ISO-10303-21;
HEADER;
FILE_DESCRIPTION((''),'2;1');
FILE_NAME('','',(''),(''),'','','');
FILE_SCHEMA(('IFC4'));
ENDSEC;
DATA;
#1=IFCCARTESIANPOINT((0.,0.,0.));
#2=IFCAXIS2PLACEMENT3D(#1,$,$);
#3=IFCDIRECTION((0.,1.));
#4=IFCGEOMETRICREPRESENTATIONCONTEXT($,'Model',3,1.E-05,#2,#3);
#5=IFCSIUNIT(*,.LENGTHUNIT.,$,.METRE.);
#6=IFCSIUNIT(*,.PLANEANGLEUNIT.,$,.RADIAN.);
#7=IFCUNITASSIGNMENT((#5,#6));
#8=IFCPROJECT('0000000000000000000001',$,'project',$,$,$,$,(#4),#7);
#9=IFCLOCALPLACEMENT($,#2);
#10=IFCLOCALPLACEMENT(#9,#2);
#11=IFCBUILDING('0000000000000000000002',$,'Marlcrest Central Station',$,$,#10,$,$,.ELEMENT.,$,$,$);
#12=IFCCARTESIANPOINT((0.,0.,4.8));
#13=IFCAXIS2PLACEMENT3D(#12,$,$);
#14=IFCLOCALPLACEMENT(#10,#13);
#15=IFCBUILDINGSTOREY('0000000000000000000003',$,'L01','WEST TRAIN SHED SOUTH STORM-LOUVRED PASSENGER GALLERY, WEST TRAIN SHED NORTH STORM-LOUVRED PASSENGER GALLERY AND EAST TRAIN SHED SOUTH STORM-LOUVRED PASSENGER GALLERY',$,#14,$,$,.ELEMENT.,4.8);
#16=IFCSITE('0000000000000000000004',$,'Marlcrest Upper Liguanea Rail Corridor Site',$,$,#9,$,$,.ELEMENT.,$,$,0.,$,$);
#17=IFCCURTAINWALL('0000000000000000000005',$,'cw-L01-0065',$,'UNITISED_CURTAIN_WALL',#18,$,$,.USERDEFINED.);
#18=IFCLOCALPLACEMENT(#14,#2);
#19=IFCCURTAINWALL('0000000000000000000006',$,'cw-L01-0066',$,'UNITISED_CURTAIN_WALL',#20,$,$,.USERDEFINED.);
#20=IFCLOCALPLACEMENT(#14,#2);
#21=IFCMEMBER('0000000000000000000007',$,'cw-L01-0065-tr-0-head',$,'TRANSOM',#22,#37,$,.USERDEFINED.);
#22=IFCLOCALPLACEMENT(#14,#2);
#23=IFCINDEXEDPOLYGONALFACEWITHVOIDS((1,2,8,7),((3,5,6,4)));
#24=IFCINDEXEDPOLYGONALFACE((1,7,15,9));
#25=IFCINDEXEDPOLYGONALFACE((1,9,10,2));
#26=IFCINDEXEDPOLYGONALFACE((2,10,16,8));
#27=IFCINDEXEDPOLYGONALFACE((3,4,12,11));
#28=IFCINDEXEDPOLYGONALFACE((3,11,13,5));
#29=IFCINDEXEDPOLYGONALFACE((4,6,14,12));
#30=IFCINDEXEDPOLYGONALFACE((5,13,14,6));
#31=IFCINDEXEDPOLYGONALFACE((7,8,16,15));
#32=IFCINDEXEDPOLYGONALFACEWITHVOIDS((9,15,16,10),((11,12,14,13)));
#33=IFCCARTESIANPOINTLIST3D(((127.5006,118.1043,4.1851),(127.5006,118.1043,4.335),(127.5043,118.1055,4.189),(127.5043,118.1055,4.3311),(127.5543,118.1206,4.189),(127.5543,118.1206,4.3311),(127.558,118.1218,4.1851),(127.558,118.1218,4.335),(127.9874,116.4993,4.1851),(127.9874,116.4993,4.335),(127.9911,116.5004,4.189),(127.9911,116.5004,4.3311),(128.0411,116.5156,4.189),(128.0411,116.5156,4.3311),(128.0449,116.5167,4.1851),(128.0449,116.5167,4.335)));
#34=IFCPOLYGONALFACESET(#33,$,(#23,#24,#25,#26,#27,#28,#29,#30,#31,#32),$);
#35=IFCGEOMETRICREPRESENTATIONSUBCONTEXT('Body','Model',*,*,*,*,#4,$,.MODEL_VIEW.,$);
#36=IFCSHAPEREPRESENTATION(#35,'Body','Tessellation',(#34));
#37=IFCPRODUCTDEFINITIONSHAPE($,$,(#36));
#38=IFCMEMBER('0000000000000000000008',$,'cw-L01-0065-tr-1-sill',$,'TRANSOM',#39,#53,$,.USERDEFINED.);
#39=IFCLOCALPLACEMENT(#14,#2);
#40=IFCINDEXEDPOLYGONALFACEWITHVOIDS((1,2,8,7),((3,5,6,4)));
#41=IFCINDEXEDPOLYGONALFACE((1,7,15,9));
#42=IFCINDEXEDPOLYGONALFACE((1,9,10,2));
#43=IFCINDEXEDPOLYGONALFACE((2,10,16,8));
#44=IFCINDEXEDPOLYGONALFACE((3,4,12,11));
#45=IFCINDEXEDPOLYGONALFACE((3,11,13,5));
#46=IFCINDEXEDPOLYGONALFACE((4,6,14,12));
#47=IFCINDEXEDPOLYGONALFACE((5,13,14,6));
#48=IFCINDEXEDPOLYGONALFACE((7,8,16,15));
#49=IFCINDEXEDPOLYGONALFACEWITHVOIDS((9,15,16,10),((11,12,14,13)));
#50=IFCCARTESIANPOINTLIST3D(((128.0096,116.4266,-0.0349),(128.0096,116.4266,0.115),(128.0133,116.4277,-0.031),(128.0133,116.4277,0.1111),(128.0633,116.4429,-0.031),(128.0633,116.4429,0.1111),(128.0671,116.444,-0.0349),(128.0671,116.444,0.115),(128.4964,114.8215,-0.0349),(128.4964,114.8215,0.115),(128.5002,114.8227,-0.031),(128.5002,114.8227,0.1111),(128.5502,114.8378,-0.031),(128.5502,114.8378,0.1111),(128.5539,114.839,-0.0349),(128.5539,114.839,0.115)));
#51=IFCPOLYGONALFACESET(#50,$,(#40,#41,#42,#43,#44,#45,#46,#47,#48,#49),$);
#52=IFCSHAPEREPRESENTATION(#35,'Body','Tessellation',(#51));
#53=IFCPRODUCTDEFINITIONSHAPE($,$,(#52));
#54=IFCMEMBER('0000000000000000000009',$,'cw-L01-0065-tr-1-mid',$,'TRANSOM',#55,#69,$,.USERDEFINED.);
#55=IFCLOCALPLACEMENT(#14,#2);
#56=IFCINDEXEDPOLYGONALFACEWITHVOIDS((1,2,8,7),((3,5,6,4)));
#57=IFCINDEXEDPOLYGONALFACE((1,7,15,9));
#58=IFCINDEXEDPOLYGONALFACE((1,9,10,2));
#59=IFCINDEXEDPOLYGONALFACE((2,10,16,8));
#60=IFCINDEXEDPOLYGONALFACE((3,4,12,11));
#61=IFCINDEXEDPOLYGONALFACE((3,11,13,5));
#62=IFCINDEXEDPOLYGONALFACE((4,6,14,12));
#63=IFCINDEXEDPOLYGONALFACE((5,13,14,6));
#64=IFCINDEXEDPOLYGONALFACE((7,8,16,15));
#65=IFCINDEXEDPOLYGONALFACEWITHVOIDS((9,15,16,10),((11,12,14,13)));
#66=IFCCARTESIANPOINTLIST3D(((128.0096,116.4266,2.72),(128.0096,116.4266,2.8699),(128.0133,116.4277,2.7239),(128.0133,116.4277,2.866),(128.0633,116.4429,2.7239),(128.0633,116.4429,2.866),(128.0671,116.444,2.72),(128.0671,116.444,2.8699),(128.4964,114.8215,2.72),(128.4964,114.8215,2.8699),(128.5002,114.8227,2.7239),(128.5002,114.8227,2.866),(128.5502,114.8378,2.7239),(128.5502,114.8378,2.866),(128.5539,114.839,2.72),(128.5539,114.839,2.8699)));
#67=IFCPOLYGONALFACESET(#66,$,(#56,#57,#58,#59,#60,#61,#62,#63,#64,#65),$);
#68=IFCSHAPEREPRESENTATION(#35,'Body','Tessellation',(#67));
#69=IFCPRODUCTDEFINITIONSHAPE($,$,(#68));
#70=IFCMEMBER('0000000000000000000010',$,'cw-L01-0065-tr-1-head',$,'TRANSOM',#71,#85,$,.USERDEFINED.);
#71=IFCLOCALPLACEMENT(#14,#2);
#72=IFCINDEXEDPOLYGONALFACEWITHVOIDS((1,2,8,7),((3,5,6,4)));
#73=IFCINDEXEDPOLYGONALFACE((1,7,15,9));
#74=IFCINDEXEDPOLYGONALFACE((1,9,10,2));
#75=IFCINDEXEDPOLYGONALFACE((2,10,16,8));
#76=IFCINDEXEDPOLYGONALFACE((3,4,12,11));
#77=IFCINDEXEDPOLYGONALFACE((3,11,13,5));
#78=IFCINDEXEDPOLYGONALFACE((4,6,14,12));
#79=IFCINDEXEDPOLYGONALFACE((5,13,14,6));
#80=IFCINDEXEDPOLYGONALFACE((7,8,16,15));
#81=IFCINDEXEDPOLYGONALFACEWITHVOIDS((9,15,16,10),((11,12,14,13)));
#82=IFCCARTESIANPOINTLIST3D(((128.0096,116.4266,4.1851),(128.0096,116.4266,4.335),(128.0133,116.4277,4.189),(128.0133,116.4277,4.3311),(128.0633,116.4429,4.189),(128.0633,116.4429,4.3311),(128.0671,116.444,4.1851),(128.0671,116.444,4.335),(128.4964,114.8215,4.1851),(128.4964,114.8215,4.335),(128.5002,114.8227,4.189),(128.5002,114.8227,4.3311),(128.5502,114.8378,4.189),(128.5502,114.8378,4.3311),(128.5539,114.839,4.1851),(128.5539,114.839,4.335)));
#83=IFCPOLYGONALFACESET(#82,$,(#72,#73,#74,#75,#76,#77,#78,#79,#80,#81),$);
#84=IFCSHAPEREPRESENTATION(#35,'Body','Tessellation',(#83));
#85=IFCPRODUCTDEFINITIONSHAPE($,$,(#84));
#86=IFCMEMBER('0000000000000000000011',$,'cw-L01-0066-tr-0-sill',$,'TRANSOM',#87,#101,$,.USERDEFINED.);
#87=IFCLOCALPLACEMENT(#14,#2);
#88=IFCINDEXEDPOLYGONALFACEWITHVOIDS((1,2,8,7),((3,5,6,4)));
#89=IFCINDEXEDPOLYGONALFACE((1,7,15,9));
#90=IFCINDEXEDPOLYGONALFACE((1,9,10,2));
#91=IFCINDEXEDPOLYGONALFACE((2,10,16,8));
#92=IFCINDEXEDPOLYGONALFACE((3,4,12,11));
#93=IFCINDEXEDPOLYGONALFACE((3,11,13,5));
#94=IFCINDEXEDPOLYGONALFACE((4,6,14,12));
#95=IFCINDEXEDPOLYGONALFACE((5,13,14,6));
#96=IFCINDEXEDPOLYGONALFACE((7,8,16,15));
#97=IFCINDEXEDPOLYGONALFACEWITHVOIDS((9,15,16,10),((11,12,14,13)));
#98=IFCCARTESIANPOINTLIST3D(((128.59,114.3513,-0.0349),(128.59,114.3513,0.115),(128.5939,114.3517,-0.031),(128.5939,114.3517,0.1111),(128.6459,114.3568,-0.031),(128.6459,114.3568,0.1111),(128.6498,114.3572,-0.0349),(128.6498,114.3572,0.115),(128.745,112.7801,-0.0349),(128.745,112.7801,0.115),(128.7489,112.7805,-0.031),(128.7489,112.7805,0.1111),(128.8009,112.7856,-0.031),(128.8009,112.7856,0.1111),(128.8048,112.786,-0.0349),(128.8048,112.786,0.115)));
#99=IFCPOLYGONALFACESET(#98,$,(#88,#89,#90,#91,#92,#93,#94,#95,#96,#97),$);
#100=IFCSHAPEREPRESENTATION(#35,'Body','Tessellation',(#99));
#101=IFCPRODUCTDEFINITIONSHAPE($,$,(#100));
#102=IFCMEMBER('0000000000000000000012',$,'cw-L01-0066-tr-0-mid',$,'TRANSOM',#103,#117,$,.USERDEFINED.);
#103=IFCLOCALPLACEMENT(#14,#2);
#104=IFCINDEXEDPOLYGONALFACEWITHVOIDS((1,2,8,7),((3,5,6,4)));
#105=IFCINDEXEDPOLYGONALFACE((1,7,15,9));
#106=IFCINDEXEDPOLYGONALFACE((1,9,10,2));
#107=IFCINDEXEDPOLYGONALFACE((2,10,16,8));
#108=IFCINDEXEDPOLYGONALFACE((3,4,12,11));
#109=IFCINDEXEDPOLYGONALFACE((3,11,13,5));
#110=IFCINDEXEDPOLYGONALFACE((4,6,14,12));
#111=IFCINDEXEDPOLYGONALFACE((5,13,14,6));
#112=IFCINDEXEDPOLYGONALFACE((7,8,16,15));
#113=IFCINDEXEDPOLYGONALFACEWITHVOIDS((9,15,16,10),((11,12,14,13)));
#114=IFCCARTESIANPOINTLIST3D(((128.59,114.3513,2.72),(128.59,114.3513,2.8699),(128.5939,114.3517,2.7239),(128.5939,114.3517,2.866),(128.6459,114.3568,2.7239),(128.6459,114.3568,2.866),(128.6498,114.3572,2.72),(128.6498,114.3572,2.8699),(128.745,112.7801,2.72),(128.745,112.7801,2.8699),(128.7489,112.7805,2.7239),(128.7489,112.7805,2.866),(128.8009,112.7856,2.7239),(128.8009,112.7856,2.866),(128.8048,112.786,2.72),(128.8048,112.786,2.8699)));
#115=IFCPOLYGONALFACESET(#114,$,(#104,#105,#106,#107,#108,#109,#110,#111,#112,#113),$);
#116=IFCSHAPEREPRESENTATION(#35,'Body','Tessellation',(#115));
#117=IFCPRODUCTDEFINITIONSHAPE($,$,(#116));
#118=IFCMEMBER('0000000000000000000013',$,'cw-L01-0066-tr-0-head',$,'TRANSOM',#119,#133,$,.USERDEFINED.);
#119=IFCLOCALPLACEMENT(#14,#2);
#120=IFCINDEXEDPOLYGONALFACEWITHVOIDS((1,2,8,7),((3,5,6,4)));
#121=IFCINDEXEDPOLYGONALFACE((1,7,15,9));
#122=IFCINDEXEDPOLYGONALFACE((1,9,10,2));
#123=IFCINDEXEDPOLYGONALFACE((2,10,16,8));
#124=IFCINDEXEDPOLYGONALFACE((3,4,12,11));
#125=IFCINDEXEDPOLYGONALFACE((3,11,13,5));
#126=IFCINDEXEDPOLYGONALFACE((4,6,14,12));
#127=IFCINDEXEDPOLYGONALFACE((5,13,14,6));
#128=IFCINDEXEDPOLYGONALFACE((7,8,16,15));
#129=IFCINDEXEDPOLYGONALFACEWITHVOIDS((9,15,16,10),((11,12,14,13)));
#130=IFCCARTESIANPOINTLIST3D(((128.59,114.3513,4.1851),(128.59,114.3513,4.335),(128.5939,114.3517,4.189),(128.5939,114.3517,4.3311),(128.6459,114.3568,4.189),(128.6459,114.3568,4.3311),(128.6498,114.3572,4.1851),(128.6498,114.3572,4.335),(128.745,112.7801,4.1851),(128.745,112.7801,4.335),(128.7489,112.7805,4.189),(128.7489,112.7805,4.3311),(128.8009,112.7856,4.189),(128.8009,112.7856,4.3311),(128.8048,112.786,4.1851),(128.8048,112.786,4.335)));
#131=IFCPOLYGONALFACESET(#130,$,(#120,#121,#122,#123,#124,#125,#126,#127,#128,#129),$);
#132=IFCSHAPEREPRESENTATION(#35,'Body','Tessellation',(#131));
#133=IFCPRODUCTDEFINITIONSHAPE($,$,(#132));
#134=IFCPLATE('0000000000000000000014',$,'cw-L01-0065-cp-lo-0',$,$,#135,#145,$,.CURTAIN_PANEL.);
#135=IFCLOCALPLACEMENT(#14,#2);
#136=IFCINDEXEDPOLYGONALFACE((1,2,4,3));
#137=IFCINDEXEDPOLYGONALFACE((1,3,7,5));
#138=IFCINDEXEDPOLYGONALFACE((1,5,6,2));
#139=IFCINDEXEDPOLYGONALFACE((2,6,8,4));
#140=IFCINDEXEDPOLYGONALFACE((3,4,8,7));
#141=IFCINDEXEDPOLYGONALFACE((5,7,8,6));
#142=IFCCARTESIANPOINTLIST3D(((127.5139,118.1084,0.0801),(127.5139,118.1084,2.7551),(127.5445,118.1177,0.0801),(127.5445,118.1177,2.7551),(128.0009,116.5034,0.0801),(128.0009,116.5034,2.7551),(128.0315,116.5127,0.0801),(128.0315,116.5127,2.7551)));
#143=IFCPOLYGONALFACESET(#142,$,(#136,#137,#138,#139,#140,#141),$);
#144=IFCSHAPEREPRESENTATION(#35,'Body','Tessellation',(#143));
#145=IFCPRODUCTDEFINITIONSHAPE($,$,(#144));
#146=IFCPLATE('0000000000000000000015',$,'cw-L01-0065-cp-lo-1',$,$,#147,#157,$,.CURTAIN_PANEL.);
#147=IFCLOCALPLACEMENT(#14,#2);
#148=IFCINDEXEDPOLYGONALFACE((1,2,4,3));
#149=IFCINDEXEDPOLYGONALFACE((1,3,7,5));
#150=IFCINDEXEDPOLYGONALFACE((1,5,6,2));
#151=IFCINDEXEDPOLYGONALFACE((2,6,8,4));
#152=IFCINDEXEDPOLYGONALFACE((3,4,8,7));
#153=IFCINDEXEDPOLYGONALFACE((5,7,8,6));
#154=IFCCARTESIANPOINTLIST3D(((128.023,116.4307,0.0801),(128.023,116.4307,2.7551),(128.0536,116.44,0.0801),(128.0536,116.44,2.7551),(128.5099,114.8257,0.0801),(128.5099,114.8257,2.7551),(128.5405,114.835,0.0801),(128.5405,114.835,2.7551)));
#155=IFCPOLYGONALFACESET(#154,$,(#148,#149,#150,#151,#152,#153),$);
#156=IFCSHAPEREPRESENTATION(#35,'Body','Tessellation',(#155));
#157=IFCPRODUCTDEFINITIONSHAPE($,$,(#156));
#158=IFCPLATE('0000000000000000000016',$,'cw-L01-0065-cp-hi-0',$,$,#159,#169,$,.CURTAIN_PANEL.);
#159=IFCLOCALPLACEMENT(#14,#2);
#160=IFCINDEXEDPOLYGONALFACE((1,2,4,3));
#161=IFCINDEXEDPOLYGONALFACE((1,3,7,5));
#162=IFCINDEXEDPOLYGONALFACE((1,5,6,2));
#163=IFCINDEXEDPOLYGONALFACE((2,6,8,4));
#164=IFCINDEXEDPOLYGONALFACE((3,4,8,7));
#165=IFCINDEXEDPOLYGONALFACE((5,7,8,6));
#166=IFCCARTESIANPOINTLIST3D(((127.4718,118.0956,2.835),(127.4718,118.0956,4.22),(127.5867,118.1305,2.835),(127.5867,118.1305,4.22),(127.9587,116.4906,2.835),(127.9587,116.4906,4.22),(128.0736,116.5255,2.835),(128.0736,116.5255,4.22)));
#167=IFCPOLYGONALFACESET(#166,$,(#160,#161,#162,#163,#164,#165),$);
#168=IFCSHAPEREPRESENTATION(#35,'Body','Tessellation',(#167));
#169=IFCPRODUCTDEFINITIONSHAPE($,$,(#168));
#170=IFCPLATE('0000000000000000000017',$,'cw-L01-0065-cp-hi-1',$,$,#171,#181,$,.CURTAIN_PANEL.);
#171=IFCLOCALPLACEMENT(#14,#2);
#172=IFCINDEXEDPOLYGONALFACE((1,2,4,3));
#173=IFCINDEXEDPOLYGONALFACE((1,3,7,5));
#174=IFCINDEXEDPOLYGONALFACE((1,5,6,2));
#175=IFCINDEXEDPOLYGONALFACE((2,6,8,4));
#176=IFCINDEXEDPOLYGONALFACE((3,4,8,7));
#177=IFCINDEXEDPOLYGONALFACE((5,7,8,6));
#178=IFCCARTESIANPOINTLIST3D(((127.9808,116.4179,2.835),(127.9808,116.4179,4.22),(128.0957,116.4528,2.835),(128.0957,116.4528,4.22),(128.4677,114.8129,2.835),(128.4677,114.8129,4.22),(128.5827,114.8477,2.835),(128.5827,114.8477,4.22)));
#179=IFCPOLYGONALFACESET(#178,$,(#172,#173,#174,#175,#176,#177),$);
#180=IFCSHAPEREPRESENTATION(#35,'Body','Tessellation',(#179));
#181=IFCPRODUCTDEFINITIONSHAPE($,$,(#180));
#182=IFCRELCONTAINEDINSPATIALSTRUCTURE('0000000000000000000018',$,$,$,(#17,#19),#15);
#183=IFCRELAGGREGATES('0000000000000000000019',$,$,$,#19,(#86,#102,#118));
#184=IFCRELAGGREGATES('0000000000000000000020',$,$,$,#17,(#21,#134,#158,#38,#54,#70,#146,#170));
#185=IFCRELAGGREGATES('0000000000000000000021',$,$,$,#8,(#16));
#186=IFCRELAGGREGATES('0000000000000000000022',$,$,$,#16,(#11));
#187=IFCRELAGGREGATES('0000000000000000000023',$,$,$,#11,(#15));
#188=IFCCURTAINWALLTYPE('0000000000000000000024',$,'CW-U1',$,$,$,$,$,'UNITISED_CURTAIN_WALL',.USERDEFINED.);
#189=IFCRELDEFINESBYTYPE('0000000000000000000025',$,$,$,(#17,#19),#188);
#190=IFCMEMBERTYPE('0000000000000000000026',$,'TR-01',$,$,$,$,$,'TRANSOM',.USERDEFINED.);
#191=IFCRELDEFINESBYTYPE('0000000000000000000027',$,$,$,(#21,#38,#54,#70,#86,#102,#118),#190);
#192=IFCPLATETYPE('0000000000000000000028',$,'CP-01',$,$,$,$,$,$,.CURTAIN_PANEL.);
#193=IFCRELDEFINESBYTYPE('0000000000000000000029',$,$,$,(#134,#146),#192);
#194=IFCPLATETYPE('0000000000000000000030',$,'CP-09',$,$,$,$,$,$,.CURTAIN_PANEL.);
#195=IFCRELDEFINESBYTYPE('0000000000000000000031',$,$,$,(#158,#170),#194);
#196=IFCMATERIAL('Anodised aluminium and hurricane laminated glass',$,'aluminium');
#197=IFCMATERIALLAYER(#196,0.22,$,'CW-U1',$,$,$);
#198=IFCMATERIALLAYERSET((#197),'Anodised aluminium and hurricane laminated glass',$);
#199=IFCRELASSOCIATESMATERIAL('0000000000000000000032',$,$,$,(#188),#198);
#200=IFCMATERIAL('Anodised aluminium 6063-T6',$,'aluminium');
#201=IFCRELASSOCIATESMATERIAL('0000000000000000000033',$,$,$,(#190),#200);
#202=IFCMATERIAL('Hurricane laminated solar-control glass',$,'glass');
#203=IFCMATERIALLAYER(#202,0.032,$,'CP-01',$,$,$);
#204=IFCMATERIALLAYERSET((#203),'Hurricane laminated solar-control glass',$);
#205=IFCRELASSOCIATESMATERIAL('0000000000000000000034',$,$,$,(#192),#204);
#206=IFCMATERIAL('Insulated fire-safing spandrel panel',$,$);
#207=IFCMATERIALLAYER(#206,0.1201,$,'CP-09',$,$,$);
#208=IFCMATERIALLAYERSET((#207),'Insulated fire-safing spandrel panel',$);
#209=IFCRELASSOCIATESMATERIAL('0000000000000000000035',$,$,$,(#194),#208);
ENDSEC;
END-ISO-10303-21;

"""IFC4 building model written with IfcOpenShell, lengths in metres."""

from ifc_helpers import new_model, si_unit, direction, frame, origin, origin_2d, place, context, subcontext, project, spatial, rectangle, hollow_rectangle, extrude, material, layer, layer_set, material_profile, profile_set, type_object, element, aggregate, save


model = new_model("IFC4")

# Units and contexts
model_context = context("Model", 3, precision=1e-05, world=origin(), true_north=direction((0.0, 1.0)))
body_context = subcontext(model_context, "Body", "Model", "MODEL_VIEW")
ifc_project = project(units=[si_unit("LENGTHUNIT", "METRE"), si_unit("PLANEANGLEUNIT", "RADIAN")], contexts=[model_context])

# Site, building, storey
site_placement = place(None, origin())
site = spatial("IfcSite", under=ifc_project, at=site_placement, Name="Marlcrest Upper Liguanea Rail Corridor Site", CompositionType="ELEMENT", RefElevation=0.0)
building_placement = place(site_placement, origin())
building = spatial("IfcBuilding", under=site, at=building_placement, Name="Marlcrest Central Station", CompositionType="ELEMENT")
storey_placement = place(building_placement, frame((0.0, 0.0, 4.8)))
storey = spatial("IfcBuildingStorey", under=building, at=storey_placement, Name="L01", Description="WEST TRAIN SHED SOUTH STORM-LOUVRED PASSENGER GALLERY, WEST TRAIN SHED NORTH STORM-LOUVRED PASSENGER GALLERY AND EAST TRAIN SHED SOUTH STORM-LOUVRED PASSENGER GALLERY", CompositionType="ELEMENT", Elevation=4.8)

# Curtain wall
ifc_material_1 = material(Name="Anodised aluminium and hurricane laminated glass", Category="aluminium")
ifc_layer_1 = layer(ifc_material_1, 0.22, Name="CW-U1")
ifc_layer_set_1 = layer_set([ifc_layer_1], Name="Anodised aluminium and hurricane laminated glass")
curtain_wall_type = type_object("IfcCurtainWallType", Name="CW-U1", ElementType="UNITISED_CURTAIN_WALL", PredefinedType="USERDEFINED", material=ifc_layer_set_1)
curtain_wall_1_placement = place(storey_placement, origin())
curtain_wall_1 = element("IfcCurtainWall", 1, at=curtain_wall_1_placement, inside=storey, type_object=curtain_wall_type, Name="cw-L01-0065", ObjectType="UNITISED_CURTAIN_WALL", PredefinedType="USERDEFINED")
ifc_material_2 = material(Name="Anodised aluminium 6063-T6", Category="aluminium")

# Curtain wall
curtain_wall_2_placement = place(storey_placement, origin())
curtain_wall_2 = element("IfcCurtainWall", 2, at=curtain_wall_2_placement, inside=storey, type_object=curtain_wall_type, Name="cw-L01-0066", ObjectType="UNITISED_CURTAIN_WALL", PredefinedType="USERDEFINED")

# Members
ifc_material_profile_1 = material_profile(ifc_material_2, hollow_rectangle(XDim=0.0601, YDim=0.1499, WallThickness=0.0039, at=origin_2d()), Name="AA-RHS 150x60x4")
ifc_profile_set_1 = profile_set([ifc_material_profile_1], Name="Anodised aluminium 6063-T6")
member_type_1 = type_object("IfcMemberType", Name="TR-01", ElementType="TRANSOM", PredefinedType="USERDEFINED", material=ifc_profile_set_1)
member_1_placement = place(storey_placement, frame((127.5293, 118.113, 4.26), z_axis=(0.290258, -0.956948, 0.0), x_axis=(0.956948, 0.290258, 0.0)))
member_1 = element("IfcMember", 3, at=member_1_placement, type_object=member_type_1, Name="cw-L01-0065-tr-0-head", ObjectType="TRANSOM", PredefinedType="USERDEFINED", context=body_context, shape_type="SweptSolid", body=[
    extrude(hollow_rectangle(XDim=0.0601, YDim=0.1499, WallThickness=0.0039, at=origin_2d()), origin(), (0.0, 0.0, 1.0), 1.6772),
])
member_2_placement = place(storey_placement, frame((128.0383, 116.4353, 0.04), z_axis=(0.290258, -0.956948, 0.0), x_axis=(0.956948, 0.290258, 0.0)))
member_2 = element("IfcMember", 4, at=member_2_placement, type_object=member_type_1, Name="cw-L01-0065-tr-1-sill", ObjectType="TRANSOM", PredefinedType="USERDEFINED", context=body_context, shape_type="SweptSolid", body=[
    extrude(hollow_rectangle(XDim=0.0601, YDim=0.1499, WallThickness=0.0039, at=origin_2d()), origin(), (0.0, 0.0, 1.0), 1.6772),
])
member_3_placement = place(storey_placement, frame((128.0383, 116.4353, 2.7949), z_axis=(0.290258, -0.956948, 0.0), x_axis=(0.956948, 0.290258, 0.0)))
member_3 = element("IfcMember", 5, at=member_3_placement, type_object=member_type_1, Name="cw-L01-0065-tr-1-mid", ObjectType="TRANSOM", PredefinedType="USERDEFINED", context=body_context, shape_type="SweptSolid", body=[
    extrude(hollow_rectangle(XDim=0.0601, YDim=0.1499, WallThickness=0.0039, at=origin_2d()), origin(), (0.0, 0.0, 1.0), 1.6772),
])
member_4_placement = place(storey_placement, frame((128.0383, 116.4353, 4.26), z_axis=(0.290258, -0.956948, 0.0), x_axis=(0.956948, 0.290258, 0.0)))
member_4 = element("IfcMember", 6, at=member_4_placement, type_object=member_type_1, Name="cw-L01-0065-tr-1-head", ObjectType="TRANSOM", PredefinedType="USERDEFINED", context=body_context, shape_type="SweptSolid", body=[
    extrude(hollow_rectangle(XDim=0.0601, YDim=0.1499, WallThickness=0.0039, at=origin_2d()), origin(), (0.0, 0.0, 1.0), 1.6772),
])
member_5_placement = place(storey_placement, frame((128.6199, 114.3542, 0.04), z_axis=(0.098187, -0.995168, 0.0), x_axis=(0.995168, 0.098187, 0.0)))
member_5 = element("IfcMember", 7, at=member_5_placement, type_object=member_type_1, Name="cw-L01-0066-tr-0-sill", ObjectType="TRANSOM", PredefinedType="USERDEFINED", context=body_context, shape_type="SweptSolid", body=[
    extrude(hollow_rectangle(XDim=0.0601, YDim=0.1499, WallThickness=0.0039, at=origin_2d()), origin(), (0.0, 0.0, 1.0), 1.5789),
])
member_6_placement = place(storey_placement, frame((128.6199, 114.3542, 2.7949), z_axis=(0.098187, -0.995168, 0.0), x_axis=(0.995168, 0.098187, 0.0)))
member_6 = element("IfcMember", 8, at=member_6_placement, type_object=member_type_1, Name="cw-L01-0066-tr-0-mid", ObjectType="TRANSOM", PredefinedType="USERDEFINED", context=body_context, shape_type="SweptSolid", body=[
    extrude(hollow_rectangle(XDim=0.0601, YDim=0.1499, WallThickness=0.0039, at=origin_2d()), origin(), (0.0, 0.0, 1.0), 1.5789),
])
member_7_placement = place(storey_placement, frame((128.6199, 114.3542, 4.26), z_axis=(0.098187, -0.995168, 0.0), x_axis=(0.995168, 0.098187, 0.0)))
member_7 = element("IfcMember", 9, at=member_7_placement, type_object=member_type_1, Name="cw-L01-0066-tr-0-head", ObjectType="TRANSOM", PredefinedType="USERDEFINED", context=body_context, shape_type="SweptSolid", body=[
    extrude(hollow_rectangle(XDim=0.0601, YDim=0.1499, WallThickness=0.0039, at=origin_2d()), origin(), (0.0, 0.0, 1.0), 1.5789),
])
aggregate(curtain_wall_2, [member_5, member_6, member_7])

# Plates
ifc_material_3 = material(Name="Hurricane laminated solar-control glass", Category="glass")
ifc_layer_2 = layer(ifc_material_3, 0.032, Name="CP-01")
ifc_layer_set_2 = layer_set([ifc_layer_2], Name="Hurricane laminated solar-control glass")
plate_type_1 = type_object("IfcPlateType", Name="CP-01", PredefinedType="CURTAIN_PANEL", material=ifc_layer_set_2)
plate_1_placement = place(storey_placement, frame((127.7727, 117.3105, 0.0801), z_axis=(0.0, 0.0, 1.0), x_axis=(0.290318, -0.95693, 0.0)))
plate_1 = element("IfcPlate", 10, at=plate_1_placement, type_object=plate_type_1, Name="cw-L01-0065-cp-lo-0", PredefinedType="CURTAIN_PANEL", context=body_context, shape_type="SweptSolid", body=[
    extrude(rectangle(XDim=1.6772, YDim=0.032, at=origin_2d()), origin(), (0.0, 0.0, 1.0), 2.675),
])
plate_2_placement = place(storey_placement, frame((128.2817, 115.6328, 0.0801), z_axis=(0.0, 0.0, 1.0), x_axis=(0.290318, -0.95693, 0.0)))
plate_2 = element("IfcPlate", 11, at=plate_2_placement, type_object=plate_type_1, Name="cw-L01-0065-cp-lo-1", PredefinedType="CURTAIN_PANEL", context=body_context, shape_type="SweptSolid", body=[
    extrude(rectangle(XDim=1.6772, YDim=0.032, at=origin_2d()), origin(), (0.0, 0.0, 1.0), 2.675),
])
ifc_material_4 = material(Name="Insulated fire-safing spandrel panel")
ifc_layer_3 = layer(ifc_material_4, 0.1201, Name="CP-09")
ifc_layer_set_3 = layer_set([ifc_layer_3], Name="Insulated fire-safing spandrel panel")
plate_type_2 = type_object("IfcPlateType", Name="CP-09", PredefinedType="CURTAIN_PANEL", material=ifc_layer_set_3)
plate_3_placement = place(storey_placement, frame((127.7727, 117.3105, 2.835), z_axis=(0.0, 0.0, 1.0), x_axis=(0.290318, -0.95693, 0.0)))
plate_3 = element("IfcPlate", 12, at=plate_3_placement, type_object=plate_type_2, Name="cw-L01-0065-cp-hi-0", PredefinedType="CURTAIN_PANEL", context=body_context, shape_type="SweptSolid", body=[
    extrude(rectangle(XDim=1.6772, YDim=0.1201, at=origin_2d()), origin(), (0.0, 0.0, 1.0), 1.385),
])
plate_4_placement = place(storey_placement, frame((128.2817, 115.6328, 2.835), z_axis=(0.0, 0.0, 1.0), x_axis=(0.290318, -0.95693, 0.0)))
plate_4 = element("IfcPlate", 13, at=plate_4_placement, type_object=plate_type_2, Name="cw-L01-0065-cp-hi-1", PredefinedType="CURTAIN_PANEL", context=body_context, shape_type="SweptSolid", body=[
    extrude(rectangle(XDim=1.6772, YDim=0.1201, at=origin_2d()), origin(), (0.0, 0.0, 1.0), 1.385),
])
aggregate(curtain_wall_1, [member_1, plate_1, plate_3, member_2, member_3, member_4, plate_2, plate_4])

save(model, "model.ifc")
